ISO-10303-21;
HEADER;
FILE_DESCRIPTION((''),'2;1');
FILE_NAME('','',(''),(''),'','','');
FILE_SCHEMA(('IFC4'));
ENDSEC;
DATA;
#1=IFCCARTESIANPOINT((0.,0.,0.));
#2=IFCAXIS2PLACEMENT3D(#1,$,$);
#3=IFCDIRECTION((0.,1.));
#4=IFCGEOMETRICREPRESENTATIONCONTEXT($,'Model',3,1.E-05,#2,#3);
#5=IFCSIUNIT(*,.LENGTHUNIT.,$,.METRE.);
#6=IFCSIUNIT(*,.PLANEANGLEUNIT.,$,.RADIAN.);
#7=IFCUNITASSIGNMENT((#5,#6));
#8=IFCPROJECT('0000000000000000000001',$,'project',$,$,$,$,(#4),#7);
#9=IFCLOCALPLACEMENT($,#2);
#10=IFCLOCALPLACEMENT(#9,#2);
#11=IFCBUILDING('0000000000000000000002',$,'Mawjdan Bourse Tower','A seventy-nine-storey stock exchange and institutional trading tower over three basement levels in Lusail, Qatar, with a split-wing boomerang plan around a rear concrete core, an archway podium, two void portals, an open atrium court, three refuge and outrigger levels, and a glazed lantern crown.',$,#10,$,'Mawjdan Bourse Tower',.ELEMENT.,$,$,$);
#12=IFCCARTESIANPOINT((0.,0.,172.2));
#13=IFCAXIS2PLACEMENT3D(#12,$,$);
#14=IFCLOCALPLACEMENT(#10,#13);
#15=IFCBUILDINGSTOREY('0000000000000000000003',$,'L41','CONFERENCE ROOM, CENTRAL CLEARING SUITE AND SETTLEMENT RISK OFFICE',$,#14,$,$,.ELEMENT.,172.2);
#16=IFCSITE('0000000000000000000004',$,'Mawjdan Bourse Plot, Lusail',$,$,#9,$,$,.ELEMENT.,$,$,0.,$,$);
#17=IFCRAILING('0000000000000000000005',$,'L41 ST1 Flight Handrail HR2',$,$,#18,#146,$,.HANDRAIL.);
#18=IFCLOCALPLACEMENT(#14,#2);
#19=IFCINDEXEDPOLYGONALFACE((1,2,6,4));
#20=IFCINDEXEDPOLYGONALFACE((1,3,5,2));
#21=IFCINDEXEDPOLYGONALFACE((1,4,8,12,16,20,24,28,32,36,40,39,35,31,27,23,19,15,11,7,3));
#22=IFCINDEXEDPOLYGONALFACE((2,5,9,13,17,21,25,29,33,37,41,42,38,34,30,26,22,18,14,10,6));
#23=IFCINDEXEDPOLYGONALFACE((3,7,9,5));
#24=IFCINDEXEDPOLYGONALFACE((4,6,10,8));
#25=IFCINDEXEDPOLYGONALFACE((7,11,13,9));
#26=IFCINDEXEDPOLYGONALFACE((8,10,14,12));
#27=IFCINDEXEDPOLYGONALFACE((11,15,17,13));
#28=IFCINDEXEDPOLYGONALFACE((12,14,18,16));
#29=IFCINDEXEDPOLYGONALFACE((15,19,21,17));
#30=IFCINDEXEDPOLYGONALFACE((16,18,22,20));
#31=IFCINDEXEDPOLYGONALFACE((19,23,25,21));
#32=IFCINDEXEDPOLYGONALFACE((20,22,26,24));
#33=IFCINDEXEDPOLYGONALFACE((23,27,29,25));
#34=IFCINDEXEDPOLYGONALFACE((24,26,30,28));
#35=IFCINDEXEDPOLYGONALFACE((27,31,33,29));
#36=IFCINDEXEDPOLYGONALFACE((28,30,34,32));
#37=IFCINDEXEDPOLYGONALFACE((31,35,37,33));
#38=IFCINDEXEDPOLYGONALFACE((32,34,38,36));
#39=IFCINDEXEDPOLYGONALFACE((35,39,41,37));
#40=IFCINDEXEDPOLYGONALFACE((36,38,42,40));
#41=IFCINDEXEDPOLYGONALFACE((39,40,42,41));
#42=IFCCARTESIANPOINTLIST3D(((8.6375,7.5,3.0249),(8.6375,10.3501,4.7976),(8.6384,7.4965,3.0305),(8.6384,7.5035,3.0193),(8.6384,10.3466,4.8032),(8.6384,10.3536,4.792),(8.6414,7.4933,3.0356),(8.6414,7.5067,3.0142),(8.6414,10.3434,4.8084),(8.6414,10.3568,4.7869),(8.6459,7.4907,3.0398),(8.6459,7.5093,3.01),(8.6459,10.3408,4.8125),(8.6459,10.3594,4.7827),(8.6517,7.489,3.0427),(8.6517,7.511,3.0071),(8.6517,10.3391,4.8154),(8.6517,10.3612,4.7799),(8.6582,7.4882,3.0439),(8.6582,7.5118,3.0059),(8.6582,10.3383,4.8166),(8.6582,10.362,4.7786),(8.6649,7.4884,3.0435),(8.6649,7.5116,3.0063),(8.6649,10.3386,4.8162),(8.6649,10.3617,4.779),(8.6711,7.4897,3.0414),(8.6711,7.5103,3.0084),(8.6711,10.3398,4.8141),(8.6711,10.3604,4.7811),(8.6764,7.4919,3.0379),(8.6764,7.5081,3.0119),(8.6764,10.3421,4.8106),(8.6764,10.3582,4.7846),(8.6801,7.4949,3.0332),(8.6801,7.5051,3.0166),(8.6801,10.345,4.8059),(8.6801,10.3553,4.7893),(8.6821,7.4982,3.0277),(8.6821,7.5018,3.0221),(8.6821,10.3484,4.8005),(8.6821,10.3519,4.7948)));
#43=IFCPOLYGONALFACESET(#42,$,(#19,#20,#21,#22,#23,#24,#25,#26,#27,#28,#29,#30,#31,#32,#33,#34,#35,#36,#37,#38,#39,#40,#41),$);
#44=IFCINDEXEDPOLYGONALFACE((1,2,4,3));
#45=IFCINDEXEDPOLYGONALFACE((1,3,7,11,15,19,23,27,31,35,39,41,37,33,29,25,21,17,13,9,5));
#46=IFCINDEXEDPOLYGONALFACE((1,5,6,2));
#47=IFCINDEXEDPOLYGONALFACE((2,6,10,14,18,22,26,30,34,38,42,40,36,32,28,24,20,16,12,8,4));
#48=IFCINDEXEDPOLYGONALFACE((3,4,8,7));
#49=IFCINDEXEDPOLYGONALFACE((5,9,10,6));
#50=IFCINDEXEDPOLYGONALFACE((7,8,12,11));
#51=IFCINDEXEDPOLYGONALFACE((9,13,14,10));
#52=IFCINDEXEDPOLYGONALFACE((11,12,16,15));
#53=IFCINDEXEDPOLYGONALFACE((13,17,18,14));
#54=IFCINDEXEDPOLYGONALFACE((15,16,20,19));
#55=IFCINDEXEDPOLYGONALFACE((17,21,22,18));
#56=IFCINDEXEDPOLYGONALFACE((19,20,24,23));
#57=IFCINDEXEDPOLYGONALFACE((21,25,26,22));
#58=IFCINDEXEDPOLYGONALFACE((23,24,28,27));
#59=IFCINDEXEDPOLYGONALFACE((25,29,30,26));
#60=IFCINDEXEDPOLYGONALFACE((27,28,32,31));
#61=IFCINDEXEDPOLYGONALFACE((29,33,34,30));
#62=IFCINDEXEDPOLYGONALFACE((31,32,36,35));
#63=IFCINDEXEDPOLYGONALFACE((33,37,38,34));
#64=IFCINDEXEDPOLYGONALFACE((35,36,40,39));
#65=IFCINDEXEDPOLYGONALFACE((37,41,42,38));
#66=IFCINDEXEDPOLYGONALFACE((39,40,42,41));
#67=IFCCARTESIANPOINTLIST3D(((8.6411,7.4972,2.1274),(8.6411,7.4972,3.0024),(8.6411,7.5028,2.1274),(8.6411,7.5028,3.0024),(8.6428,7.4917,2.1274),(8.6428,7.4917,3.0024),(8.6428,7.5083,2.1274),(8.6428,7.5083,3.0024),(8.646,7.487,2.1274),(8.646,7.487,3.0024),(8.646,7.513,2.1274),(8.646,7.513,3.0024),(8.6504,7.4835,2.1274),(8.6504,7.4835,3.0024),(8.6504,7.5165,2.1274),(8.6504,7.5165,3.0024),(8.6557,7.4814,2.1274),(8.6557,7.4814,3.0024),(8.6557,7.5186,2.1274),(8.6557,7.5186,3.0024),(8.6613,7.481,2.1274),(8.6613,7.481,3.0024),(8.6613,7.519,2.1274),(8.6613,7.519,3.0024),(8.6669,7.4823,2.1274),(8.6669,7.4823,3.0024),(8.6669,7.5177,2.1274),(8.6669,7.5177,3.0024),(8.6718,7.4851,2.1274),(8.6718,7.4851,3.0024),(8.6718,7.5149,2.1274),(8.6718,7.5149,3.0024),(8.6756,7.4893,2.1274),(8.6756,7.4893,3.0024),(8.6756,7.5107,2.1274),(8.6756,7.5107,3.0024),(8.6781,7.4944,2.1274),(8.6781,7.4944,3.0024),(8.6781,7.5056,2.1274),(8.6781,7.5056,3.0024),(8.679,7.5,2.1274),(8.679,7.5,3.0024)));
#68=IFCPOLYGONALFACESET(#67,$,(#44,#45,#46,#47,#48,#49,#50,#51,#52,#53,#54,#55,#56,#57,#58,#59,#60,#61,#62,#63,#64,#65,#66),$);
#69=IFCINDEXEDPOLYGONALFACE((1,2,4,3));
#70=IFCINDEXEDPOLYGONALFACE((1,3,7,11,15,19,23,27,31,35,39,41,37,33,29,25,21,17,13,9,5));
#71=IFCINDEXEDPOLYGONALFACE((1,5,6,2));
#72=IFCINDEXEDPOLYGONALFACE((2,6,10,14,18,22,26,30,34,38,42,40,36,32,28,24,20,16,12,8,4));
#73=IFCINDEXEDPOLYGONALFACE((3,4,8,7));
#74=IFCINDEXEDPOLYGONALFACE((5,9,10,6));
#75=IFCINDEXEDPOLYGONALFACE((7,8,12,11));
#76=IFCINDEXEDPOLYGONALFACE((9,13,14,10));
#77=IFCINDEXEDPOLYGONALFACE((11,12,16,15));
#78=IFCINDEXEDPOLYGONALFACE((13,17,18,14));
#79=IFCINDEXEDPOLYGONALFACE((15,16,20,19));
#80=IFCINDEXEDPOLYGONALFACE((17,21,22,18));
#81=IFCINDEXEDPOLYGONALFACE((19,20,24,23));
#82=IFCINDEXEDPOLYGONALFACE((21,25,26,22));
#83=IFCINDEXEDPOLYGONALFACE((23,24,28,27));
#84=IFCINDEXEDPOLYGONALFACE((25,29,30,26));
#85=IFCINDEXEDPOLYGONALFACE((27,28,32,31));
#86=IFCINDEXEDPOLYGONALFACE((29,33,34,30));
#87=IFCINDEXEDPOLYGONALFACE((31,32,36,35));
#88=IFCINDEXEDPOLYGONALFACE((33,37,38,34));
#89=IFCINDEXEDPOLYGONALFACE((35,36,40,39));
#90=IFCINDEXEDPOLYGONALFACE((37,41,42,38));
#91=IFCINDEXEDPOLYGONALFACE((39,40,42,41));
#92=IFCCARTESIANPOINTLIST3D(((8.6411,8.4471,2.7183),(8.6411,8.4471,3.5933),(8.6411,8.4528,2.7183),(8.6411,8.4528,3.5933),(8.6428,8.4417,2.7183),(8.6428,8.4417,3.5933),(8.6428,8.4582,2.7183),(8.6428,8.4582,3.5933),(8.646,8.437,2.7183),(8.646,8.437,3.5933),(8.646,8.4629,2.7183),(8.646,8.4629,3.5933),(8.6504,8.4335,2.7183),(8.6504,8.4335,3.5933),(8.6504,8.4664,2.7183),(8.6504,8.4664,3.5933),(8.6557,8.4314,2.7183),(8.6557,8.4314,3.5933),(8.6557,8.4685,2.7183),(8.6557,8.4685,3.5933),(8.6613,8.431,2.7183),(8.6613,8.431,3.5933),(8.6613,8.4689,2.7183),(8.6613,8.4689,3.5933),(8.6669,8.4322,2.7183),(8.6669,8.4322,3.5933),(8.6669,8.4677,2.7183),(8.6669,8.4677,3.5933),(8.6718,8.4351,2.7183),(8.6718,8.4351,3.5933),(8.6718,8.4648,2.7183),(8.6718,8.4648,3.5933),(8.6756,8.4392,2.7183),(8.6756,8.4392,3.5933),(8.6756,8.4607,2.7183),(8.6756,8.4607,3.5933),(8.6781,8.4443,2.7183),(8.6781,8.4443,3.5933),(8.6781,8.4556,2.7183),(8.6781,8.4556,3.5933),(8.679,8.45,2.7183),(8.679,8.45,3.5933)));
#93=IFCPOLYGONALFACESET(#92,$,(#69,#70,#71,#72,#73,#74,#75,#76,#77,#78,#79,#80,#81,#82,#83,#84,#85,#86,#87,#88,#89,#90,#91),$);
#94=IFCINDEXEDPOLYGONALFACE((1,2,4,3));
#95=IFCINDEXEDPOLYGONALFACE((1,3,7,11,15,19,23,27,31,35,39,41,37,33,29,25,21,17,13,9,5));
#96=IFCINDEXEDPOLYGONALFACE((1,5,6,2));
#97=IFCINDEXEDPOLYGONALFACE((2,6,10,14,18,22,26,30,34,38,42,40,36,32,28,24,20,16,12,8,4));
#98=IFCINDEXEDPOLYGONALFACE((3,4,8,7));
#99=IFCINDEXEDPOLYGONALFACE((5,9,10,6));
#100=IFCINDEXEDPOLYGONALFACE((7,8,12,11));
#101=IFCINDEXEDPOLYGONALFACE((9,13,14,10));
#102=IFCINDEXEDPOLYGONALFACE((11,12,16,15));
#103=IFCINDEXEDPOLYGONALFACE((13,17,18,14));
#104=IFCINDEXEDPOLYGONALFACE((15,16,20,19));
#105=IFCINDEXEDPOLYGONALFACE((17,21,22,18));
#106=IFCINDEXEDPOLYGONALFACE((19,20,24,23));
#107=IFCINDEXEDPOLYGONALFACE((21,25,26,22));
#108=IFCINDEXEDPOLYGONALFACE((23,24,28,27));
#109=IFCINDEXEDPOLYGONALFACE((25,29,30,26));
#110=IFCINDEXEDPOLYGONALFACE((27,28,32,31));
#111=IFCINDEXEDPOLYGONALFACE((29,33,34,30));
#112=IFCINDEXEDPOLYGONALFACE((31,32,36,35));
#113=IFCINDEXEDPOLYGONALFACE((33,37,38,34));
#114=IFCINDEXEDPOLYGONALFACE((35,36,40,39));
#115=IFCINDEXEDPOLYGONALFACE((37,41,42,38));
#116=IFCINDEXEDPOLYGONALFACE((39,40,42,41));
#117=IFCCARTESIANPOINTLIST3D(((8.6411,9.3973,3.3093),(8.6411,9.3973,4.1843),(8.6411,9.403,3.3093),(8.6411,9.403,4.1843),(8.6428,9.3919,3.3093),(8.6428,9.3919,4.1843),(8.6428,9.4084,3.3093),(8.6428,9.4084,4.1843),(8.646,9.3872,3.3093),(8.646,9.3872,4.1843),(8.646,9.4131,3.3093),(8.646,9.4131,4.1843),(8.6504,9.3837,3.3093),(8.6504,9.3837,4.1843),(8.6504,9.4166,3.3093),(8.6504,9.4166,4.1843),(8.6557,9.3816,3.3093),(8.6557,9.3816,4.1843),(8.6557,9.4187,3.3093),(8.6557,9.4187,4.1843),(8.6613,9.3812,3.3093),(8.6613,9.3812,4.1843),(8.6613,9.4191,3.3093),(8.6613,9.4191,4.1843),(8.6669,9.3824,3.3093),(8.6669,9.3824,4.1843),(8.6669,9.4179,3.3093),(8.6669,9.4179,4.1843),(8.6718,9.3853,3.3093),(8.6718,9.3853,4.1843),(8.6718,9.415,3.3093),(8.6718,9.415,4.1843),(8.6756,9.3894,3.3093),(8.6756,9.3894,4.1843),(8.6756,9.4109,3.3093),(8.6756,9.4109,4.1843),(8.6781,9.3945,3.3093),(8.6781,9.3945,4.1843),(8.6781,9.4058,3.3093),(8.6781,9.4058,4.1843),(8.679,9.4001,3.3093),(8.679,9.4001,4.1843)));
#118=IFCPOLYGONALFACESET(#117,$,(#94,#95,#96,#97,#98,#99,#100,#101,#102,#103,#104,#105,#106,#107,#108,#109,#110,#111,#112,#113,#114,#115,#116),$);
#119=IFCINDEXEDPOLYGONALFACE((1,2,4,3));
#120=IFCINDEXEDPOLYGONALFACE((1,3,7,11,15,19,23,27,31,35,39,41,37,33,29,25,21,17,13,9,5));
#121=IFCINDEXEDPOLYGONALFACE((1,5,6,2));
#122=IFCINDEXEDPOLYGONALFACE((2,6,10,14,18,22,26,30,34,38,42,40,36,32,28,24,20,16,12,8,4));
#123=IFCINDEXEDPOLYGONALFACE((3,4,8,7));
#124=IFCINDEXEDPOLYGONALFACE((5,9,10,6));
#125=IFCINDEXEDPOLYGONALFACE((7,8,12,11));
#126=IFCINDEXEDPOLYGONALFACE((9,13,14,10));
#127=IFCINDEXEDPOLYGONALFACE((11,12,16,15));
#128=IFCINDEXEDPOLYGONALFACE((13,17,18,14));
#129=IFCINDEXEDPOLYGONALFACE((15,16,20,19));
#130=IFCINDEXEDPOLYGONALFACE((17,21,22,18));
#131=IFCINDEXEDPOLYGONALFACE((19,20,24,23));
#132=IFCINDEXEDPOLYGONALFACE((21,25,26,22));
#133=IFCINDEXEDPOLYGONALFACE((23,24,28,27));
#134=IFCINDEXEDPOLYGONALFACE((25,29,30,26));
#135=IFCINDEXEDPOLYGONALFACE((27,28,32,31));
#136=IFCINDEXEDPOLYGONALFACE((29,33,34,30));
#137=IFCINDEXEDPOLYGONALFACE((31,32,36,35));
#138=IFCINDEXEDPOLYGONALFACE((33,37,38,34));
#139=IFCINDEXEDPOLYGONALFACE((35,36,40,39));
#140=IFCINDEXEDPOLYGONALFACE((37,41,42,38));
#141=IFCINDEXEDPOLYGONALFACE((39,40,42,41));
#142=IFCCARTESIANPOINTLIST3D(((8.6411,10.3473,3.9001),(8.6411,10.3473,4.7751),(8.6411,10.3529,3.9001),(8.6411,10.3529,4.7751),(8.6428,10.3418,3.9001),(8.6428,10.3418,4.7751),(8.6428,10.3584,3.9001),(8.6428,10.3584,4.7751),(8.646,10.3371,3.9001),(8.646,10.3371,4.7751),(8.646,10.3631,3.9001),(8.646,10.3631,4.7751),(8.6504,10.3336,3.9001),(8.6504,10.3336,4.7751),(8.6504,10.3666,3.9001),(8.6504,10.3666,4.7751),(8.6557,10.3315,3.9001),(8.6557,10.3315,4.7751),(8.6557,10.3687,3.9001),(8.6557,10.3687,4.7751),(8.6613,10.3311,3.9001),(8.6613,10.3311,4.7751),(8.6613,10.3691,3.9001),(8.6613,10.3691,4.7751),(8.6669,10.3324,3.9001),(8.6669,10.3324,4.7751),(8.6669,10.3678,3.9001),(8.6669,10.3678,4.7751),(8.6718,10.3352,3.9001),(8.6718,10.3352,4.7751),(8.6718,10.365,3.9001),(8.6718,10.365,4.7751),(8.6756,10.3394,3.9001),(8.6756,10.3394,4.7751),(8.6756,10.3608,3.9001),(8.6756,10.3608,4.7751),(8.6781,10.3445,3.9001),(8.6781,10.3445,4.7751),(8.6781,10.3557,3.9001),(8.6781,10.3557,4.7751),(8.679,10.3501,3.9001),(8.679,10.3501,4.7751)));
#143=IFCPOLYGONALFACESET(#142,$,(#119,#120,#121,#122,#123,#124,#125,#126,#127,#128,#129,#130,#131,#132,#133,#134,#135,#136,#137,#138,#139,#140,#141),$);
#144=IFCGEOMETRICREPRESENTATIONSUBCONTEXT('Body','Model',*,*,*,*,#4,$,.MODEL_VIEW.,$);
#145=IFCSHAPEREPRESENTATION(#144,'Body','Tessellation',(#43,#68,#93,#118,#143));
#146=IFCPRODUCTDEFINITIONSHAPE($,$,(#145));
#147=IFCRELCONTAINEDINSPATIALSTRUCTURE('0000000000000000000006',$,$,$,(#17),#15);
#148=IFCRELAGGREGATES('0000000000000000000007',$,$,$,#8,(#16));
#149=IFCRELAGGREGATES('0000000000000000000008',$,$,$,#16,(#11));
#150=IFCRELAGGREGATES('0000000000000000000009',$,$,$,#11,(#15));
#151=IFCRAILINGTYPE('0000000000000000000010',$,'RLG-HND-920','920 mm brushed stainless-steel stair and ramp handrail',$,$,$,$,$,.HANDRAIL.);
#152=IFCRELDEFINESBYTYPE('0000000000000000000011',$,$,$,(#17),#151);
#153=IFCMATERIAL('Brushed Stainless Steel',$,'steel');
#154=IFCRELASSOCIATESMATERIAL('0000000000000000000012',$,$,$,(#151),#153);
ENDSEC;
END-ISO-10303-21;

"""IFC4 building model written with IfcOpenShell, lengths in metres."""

from ifc_helpers import new_model, si_unit, direction, frame, origin, origin_2d, place, context, subcontext, project, spatial, circle, extrude, material, type_object, element, save


model = new_model("IFC4")

# Units and contexts
model_context = context("Model", 3, precision=1e-05, world=origin(), true_north=direction((0.0, 1.0)))
body_context = subcontext(model_context, "Body", "Model", "MODEL_VIEW")
ifc_project = project(units=[si_unit("LENGTHUNIT", "METRE"), si_unit("PLANEANGLEUNIT", "RADIAN")], contexts=[model_context])

# Site, building, storey
site_placement = place(None, origin())
site = spatial("IfcSite", under=ifc_project, at=site_placement, Name="Mawjdan Bourse Plot, Lusail", CompositionType="ELEMENT", RefElevation=0.0)
building_placement = place(site_placement, origin())
building = spatial("IfcBuilding", under=site, at=building_placement, Name="Mawjdan Bourse Tower", Description="A seventy-nine-storey stock exchange and institutional trading tower over three basement levels in Lusail, Qatar, with a split-wing boomerang plan around a rear concrete core, an archway podium, two void portals, an open atrium court, three refuge and outrigger levels, and a glazed lantern crown.", LongName="Mawjdan Bourse Tower", CompositionType="ELEMENT")
storey_placement = place(building_placement, frame((0.0, 0.0, 172.2)))
storey = spatial("IfcBuildingStorey", under=building, at=storey_placement, Name="L41", Description="CONFERENCE ROOM, CENTRAL CLEARING SUITE AND SETTLEMENT RISK OFFICE", CompositionType="ELEMENT", Elevation=172.2)

# Railing
ifc_material_1 = material(Name="Brushed Stainless Steel", Category="steel")
railing_type_1 = type_object("IfcRailingType", Name="RLG-HND-920", Description="920 mm brushed stainless-steel stair and ramp handrail", PredefinedType="HANDRAIL", material=ifc_material_1)
railing_1_placement = place(storey_placement, frame((8.6599, 7.5, 2.1274)))
element("IfcRailing", 1, at=railing_1_placement, inside=storey, type_object=railing_type_1, Name="L41 ST1 Flight Handrail HR2", PredefinedType="HANDRAIL", context=body_context, shape_type="SweptSolid", body=[
    extrude(circle(Radius=0.0225, at=origin_2d()), frame((0.0, 0.0, 0.8975), z_axis=(0.0, 0.849149, 0.528154), x_axis=(-1.0, 0.0, 0.0)), (0.0, 0.0, 1.0), 3.3564),
    extrude(circle(Radius=0.019, at=origin_2d()), origin(), (0.0, 0.0, 1.0), 0.875),
    extrude(circle(Radius=0.019, at=origin_2d()), frame((0.0, 0.95, 0.5908)), (0.0, 0.0, 1.0), 0.875),
    extrude(circle(Radius=0.019, at=origin_2d()), frame((0.0, 1.9001, 1.1819)), (0.0, 0.0, 1.0), 0.875),
    extrude(circle(Radius=0.019, at=origin_2d()), frame((0.0, 2.8501, 1.7727)), (0.0, 0.0, 1.0), 0.875),
])

save(model, "model.ifc")
